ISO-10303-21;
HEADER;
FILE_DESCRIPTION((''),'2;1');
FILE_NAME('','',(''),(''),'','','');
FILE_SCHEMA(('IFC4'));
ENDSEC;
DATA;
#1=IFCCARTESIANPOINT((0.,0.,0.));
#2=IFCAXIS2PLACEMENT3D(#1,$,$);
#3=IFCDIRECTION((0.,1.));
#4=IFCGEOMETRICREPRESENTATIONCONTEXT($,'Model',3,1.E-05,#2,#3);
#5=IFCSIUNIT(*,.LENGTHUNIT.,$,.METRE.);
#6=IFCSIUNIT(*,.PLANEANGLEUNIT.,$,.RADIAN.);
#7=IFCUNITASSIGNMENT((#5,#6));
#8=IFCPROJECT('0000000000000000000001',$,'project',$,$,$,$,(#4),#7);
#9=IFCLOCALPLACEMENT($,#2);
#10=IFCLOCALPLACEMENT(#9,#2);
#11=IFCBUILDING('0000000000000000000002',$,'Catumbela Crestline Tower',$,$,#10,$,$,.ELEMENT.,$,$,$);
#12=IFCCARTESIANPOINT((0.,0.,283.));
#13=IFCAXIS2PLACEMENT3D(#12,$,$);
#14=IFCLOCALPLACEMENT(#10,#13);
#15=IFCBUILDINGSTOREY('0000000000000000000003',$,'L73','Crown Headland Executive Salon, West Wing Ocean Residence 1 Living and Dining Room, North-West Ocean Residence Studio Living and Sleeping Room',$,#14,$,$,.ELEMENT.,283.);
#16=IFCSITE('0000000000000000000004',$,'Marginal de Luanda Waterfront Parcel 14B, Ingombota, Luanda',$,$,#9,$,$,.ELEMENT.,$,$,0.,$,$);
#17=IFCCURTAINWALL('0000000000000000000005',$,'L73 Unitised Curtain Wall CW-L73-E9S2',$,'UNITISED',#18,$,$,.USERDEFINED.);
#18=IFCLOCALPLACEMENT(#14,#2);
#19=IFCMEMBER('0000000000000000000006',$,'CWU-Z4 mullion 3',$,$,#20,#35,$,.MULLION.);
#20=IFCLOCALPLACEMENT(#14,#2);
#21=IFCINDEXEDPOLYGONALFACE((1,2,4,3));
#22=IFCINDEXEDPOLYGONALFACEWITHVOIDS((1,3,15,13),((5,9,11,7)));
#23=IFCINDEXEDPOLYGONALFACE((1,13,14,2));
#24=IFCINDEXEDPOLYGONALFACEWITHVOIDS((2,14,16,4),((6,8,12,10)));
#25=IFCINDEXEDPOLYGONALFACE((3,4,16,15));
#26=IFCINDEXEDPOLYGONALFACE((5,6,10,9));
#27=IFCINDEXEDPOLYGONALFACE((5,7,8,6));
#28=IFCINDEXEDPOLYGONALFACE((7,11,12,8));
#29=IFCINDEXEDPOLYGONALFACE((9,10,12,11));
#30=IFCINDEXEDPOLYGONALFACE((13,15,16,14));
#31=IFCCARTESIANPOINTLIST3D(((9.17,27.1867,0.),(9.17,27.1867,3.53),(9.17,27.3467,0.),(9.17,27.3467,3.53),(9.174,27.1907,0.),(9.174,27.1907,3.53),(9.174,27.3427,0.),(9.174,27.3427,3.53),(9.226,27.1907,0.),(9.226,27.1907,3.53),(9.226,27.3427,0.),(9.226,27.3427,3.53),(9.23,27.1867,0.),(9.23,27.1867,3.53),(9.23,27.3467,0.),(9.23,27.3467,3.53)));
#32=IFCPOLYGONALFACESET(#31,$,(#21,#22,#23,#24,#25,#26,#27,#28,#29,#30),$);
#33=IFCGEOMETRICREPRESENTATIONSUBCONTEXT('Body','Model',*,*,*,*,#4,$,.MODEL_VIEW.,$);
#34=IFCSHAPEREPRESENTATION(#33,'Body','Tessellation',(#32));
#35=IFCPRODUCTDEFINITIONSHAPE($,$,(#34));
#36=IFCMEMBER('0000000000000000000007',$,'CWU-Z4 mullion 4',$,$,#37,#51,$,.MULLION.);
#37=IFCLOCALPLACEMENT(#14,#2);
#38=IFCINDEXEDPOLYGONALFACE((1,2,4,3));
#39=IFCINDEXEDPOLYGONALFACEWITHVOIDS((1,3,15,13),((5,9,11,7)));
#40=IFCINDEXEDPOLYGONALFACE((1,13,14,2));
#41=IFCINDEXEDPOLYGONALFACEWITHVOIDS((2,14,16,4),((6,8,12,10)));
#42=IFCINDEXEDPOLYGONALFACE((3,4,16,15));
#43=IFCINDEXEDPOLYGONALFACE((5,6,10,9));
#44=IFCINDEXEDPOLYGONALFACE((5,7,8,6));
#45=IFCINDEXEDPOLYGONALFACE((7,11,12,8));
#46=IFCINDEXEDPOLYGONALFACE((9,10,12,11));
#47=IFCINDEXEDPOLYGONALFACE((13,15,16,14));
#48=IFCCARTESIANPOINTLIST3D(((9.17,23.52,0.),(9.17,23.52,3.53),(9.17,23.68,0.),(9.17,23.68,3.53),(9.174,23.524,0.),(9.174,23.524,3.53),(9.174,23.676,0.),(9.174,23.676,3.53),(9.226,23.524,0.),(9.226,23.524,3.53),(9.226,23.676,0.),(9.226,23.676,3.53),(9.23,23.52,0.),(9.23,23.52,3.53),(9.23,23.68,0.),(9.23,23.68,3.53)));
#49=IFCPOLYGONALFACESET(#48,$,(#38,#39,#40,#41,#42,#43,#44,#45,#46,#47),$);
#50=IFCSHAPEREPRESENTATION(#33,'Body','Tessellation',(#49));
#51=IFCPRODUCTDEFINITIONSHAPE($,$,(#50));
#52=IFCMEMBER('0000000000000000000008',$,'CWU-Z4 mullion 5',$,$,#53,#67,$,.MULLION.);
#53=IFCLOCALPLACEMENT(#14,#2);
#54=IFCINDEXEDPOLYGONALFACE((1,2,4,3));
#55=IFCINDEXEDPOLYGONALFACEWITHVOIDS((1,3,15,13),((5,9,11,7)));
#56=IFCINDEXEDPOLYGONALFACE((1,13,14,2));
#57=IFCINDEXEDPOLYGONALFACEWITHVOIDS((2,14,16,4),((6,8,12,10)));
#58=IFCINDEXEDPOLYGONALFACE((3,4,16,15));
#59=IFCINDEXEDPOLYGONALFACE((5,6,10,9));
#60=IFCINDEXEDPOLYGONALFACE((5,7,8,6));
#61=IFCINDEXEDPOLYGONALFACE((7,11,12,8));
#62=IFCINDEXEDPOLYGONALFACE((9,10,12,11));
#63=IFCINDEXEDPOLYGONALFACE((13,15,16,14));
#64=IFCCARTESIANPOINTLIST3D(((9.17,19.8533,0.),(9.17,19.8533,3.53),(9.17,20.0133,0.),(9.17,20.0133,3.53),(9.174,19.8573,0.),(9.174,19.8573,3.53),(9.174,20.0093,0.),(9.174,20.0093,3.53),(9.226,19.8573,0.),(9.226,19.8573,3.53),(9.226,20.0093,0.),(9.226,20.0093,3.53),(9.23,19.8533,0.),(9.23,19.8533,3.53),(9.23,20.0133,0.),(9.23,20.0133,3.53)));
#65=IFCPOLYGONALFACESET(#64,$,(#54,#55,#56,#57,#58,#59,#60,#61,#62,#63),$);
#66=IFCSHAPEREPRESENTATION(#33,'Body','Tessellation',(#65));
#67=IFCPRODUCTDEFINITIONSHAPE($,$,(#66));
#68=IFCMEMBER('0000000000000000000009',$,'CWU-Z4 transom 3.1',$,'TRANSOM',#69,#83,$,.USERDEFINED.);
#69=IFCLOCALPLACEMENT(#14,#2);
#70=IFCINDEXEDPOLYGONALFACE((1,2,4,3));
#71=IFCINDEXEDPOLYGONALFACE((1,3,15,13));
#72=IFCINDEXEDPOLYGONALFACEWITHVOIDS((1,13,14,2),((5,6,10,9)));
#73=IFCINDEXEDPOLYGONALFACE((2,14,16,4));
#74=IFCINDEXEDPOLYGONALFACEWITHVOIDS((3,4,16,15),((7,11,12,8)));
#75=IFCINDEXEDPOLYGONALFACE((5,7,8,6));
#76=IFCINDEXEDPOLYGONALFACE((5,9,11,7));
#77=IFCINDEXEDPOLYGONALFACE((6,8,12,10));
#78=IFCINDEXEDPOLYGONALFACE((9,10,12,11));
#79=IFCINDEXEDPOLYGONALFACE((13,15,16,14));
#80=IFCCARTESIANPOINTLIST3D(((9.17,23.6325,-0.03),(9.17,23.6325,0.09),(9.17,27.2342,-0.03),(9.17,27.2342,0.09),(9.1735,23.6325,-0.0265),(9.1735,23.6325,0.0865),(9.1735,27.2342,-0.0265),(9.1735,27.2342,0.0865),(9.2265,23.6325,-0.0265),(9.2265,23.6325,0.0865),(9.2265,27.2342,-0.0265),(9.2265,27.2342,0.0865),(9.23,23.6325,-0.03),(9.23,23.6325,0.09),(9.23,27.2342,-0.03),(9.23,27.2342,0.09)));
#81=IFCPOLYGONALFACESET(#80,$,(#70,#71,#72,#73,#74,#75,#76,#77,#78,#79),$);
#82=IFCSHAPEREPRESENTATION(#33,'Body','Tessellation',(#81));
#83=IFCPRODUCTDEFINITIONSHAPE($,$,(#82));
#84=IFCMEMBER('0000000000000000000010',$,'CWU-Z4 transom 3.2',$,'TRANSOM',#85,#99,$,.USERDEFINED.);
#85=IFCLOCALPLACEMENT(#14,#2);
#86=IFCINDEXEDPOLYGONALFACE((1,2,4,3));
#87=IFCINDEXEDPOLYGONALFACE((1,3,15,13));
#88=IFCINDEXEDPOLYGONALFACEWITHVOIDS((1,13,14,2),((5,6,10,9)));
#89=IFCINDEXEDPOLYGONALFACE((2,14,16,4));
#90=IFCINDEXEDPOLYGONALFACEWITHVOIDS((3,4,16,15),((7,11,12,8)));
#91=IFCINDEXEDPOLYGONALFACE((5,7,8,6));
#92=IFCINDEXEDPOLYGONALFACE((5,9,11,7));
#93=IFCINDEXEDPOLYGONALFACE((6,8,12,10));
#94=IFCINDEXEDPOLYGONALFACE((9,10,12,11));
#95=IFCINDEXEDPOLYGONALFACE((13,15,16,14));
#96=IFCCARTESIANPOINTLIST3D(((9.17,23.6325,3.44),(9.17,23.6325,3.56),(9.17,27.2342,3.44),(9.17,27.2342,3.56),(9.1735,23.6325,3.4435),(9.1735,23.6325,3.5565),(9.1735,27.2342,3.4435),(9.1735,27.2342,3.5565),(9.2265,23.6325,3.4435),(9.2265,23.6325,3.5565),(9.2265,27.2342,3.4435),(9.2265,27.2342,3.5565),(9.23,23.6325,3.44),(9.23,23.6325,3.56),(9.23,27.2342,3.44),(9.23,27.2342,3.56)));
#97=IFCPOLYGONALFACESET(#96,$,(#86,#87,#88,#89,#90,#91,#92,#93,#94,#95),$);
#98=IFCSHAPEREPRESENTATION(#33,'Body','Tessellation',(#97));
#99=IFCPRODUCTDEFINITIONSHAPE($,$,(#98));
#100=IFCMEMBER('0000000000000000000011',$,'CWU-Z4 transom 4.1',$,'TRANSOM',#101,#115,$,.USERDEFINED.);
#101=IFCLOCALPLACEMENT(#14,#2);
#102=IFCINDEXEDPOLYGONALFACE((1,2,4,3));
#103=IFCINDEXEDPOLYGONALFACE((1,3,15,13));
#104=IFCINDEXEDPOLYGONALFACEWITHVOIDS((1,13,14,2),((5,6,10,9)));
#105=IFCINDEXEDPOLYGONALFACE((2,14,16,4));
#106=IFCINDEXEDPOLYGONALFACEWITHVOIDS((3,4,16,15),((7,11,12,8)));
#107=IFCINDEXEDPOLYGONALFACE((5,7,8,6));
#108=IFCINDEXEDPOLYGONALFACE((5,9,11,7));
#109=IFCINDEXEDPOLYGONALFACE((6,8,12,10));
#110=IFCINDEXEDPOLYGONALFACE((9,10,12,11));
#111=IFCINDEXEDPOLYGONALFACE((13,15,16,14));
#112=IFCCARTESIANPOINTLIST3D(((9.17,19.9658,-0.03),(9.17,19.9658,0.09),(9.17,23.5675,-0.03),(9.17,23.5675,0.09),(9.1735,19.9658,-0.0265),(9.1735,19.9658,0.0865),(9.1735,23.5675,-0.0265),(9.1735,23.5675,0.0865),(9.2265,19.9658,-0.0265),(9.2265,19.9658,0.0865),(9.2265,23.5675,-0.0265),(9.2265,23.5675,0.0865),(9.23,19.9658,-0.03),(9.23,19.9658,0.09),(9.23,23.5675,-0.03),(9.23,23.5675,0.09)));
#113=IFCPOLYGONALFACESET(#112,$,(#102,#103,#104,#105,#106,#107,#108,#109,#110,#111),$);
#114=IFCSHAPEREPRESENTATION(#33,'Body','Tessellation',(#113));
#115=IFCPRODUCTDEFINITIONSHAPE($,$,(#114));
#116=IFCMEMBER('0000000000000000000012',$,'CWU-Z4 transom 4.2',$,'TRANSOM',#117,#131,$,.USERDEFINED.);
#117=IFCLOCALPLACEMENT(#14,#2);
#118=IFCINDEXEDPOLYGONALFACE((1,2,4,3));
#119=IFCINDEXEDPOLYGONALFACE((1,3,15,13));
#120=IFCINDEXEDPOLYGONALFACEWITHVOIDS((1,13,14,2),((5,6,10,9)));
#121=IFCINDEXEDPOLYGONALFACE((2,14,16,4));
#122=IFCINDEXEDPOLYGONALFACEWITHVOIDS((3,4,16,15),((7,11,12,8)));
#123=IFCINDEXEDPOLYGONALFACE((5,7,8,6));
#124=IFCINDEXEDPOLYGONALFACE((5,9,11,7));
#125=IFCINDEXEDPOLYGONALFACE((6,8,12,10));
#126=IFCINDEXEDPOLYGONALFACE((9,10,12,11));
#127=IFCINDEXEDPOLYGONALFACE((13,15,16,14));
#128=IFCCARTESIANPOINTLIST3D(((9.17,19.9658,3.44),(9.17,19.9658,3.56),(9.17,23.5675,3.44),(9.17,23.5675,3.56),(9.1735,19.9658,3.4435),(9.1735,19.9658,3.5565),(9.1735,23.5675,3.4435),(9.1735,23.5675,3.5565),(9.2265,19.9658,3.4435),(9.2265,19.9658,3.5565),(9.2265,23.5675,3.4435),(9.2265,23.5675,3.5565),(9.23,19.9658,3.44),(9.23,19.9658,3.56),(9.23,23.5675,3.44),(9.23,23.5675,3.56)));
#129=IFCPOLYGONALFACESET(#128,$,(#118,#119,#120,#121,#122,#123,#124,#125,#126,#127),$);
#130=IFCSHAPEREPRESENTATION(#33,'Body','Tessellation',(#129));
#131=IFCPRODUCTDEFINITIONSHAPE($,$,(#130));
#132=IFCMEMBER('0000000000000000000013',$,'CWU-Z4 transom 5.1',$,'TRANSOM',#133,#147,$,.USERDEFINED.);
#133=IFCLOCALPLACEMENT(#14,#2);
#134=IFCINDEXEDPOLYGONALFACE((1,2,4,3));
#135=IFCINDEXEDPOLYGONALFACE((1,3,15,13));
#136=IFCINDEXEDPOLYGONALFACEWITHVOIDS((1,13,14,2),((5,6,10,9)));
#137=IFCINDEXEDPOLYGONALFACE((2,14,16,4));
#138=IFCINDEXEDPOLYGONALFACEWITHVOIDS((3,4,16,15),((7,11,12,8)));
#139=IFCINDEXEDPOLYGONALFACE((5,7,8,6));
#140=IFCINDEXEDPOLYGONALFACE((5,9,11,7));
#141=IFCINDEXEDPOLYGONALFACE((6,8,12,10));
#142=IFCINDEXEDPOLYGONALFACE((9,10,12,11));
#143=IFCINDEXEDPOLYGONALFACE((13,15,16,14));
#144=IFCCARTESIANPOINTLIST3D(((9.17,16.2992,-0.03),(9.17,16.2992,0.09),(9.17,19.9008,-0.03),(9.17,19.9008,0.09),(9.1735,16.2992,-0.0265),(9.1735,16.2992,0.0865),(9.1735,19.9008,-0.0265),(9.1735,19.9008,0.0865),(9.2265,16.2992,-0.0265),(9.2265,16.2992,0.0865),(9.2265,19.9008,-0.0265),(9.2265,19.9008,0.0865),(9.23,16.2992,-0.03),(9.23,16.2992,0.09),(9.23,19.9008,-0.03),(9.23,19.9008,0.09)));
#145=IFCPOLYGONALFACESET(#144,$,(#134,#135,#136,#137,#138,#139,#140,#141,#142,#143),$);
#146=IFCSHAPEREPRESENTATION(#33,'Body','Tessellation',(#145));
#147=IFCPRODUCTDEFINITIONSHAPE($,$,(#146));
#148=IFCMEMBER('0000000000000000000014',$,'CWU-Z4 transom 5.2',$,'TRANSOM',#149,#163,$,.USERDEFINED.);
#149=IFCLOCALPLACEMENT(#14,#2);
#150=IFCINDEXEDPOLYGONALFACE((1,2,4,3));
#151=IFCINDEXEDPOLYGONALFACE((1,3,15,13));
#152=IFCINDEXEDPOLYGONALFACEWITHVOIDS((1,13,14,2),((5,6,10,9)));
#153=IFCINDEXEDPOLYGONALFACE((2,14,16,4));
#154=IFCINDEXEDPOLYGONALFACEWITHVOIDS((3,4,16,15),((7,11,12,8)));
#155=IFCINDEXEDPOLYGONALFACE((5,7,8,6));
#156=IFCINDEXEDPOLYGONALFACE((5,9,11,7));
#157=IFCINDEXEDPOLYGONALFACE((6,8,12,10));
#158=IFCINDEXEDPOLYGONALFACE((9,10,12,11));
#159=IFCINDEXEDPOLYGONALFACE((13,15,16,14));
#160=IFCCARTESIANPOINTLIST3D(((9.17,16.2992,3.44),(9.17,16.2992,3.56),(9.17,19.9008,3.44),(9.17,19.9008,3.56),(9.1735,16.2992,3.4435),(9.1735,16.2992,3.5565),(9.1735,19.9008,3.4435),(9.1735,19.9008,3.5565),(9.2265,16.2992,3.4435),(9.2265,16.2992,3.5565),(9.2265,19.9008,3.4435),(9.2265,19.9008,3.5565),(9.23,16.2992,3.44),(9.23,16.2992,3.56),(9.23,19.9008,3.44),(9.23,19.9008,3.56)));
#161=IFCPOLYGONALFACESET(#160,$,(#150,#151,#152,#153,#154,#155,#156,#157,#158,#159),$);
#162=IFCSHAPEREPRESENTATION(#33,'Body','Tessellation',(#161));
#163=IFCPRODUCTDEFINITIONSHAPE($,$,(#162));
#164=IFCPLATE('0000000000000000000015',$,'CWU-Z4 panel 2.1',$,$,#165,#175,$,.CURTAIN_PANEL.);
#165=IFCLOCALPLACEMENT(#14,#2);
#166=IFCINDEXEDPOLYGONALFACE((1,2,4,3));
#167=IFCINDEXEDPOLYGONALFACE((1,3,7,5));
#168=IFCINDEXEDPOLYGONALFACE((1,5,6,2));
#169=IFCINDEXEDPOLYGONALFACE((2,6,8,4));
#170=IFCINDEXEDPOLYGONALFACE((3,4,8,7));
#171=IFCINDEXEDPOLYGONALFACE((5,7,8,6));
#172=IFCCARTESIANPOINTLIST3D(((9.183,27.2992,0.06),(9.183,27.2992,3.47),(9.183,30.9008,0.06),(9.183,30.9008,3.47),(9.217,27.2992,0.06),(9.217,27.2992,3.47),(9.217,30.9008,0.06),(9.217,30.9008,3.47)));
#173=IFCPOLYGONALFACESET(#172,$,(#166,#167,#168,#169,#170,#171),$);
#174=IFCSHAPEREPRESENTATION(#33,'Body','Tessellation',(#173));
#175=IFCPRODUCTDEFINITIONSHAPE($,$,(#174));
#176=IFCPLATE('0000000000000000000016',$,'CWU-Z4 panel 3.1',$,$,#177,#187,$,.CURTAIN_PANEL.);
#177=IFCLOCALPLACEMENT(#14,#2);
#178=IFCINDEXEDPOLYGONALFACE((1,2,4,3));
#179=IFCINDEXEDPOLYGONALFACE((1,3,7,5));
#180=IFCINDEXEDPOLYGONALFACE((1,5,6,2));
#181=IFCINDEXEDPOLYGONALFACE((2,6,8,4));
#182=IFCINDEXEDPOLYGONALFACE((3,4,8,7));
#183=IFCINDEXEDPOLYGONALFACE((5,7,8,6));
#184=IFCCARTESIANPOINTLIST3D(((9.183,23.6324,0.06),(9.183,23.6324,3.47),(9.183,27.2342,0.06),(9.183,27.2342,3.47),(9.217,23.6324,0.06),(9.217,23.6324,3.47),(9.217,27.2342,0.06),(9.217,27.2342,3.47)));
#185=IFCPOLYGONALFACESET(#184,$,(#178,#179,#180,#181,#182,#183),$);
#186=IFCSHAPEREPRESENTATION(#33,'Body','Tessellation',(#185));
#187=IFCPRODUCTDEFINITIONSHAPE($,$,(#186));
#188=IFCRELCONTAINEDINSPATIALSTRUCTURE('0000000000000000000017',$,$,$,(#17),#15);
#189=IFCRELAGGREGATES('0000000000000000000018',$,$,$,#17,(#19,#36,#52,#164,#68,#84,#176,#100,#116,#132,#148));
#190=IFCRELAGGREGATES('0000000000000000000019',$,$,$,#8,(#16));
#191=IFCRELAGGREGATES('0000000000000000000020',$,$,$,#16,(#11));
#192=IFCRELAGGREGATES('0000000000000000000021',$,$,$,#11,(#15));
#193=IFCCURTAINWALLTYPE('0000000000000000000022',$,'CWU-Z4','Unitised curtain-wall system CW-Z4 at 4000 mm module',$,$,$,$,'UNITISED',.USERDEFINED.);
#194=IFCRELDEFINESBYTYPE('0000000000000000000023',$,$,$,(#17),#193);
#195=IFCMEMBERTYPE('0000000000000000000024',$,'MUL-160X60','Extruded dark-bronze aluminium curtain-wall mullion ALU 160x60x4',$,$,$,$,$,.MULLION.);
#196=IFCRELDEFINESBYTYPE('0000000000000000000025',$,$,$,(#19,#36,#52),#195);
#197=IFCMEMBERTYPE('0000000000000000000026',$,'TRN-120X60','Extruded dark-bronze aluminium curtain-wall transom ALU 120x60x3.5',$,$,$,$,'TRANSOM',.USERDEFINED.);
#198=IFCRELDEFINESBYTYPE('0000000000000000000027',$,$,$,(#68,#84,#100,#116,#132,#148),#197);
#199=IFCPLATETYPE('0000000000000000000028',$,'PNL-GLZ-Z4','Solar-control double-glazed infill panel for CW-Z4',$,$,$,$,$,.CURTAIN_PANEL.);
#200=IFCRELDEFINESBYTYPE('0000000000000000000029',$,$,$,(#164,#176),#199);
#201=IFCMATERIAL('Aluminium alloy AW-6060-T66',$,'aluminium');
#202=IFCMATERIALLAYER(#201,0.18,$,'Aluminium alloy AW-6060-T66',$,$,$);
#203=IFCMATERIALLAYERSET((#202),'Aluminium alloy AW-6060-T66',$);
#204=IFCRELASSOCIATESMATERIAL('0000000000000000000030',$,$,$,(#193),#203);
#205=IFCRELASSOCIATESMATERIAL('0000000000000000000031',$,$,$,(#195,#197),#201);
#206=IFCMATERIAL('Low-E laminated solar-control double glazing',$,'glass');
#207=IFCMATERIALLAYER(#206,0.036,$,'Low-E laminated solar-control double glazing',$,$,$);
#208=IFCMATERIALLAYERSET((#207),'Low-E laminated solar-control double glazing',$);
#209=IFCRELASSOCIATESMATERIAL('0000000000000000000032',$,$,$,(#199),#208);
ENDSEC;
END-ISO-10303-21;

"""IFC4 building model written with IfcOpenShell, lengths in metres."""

from ifc_helpers import new_model, si_unit, direction, frame, origin, origin_2d, place, context, subcontext, project, spatial, rectangle, hollow_rectangle, extrude, material, layer, layer_set, material_profile, profile_set, type_object, element, aggregate, save


model = new_model("IFC4")

# Units and contexts
model_context = context("Model", 3, precision=1e-05, world=origin(), true_north=direction((0.0, 1.0)))
body_context = subcontext(model_context, "Body", "Model", "MODEL_VIEW")
ifc_project = project(units=[si_unit("LENGTHUNIT", "METRE"), si_unit("PLANEANGLEUNIT", "RADIAN")], contexts=[model_context])

# Site, building, storey
site_placement = place(None, origin())
site = spatial("IfcSite", under=ifc_project, at=site_placement, Name="Marginal de Luanda Waterfront Parcel 14B, Ingombota, Luanda", CompositionType="ELEMENT", RefElevation=0.0)
building_placement = place(site_placement, origin())
building = spatial("IfcBuilding", under=site, at=building_placement, Name="Catumbela Crestline Tower", CompositionType="ELEMENT")
storey_placement = place(building_placement, frame((0.0, 0.0, 283.0)))
storey = spatial("IfcBuildingStorey", under=building, at=storey_placement, Name="L73", Description="Crown Headland Executive Salon, West Wing Ocean Residence 1 Living and Dining Room, North-West Ocean Residence Studio Living and Sleeping Room", CompositionType="ELEMENT", Elevation=283.0)

# Curtain wall, members, plates
ifc_material_1 = material(Name="Aluminium alloy AW-6060-T66", Category="aluminium")
ifc_layer_1 = layer(ifc_material_1, 0.18, Name="Aluminium alloy AW-6060-T66")
ifc_layer_set_1 = layer_set([ifc_layer_1], Name="Aluminium alloy AW-6060-T66")
curtain_wall_type = type_object("IfcCurtainWallType", Name="CWU-Z4", Description="Unitised curtain-wall system CW-Z4 at 4000 mm module", ElementType="UNITISED", PredefinedType="USERDEFINED", material=ifc_layer_set_1)
curtain_wall_placement = place(storey_placement, origin())
curtain_wall = element("IfcCurtainWall", 1, at=curtain_wall_placement, inside=storey, type_object=curtain_wall_type, Name="L73 Unitised Curtain Wall CW-L73-E9S2", ObjectType="UNITISED", PredefinedType="USERDEFINED")
ifc_material_profile_1 = material_profile(ifc_material_1, hollow_rectangle(XDim=0.06, YDim=0.16, WallThickness=0.004, at=origin_2d()), Name="ALU 160x60x4")
ifc_profile_set_1 = profile_set([ifc_material_profile_1], Name="Aluminium alloy AW-6060-T66")
member_type_1 = type_object("IfcMemberType", Name="MUL-160X60", Description="Extruded dark-bronze aluminium curtain-wall mullion ALU 160x60x4", PredefinedType="MULLION", material=ifc_profile_set_1)
member_1_placement = place(storey_placement, frame((9.2, 27.2667, 0.0), z_axis=(0.0, 0.0, 1.0), x_axis=(1.0, 0.0, 0.0)))
member_1 = element("IfcMember", 2, at=member_1_placement, type_object=member_type_1, Name="CWU-Z4 mullion 3", PredefinedType="MULLION", context=body_context, shape_type="SweptSolid", body=[
    extrude(hollow_rectangle(XDim=0.06, YDim=0.16, WallThickness=0.004, at=origin_2d()), origin(), (0.0, 0.0, 1.0), 3.53),
])
member_2_placement = place(storey_placement, frame((9.2, 23.6, 0.0), z_axis=(0.0, 0.0, 1.0), x_axis=(1.0, 0.0, 0.0)))
member_2 = element("IfcMember", 3, at=member_2_placement, type_object=member_type_1, Name="CWU-Z4 mullion 4", PredefinedType="MULLION", context=body_context, shape_type="SweptSolid", body=[
    extrude(hollow_rectangle(XDim=0.06, YDim=0.16, WallThickness=0.004, at=origin_2d()), origin(), (0.0, 0.0, 1.0), 3.53),
])
member_3_placement = place(storey_placement, frame((9.2, 19.9333, 0.0), z_axis=(0.0, 0.0, 1.0), x_axis=(1.0, 0.0, 0.0)))
member_3 = element("IfcMember", 4, at=member_3_placement, type_object=member_type_1, Name="CWU-Z4 mullion 5", PredefinedType="MULLION", context=body_context, shape_type="SweptSolid", body=[
    extrude(hollow_rectangle(XDim=0.06, YDim=0.16, WallThickness=0.004, at=origin_2d()), origin(), (0.0, 0.0, 1.0), 3.53),
])
ifc_material_profile_2 = material_profile(ifc_material_1, hollow_rectangle(XDim=0.06, YDim=0.12, WallThickness=0.0035, at=origin_2d()), Name="ALU 120x60x3.5")
ifc_profile_set_2 = profile_set([ifc_material_profile_2], Name="Aluminium alloy AW-6060-T66")
member_type_2 = type_object("IfcMemberType", Name="TRN-120X60", Description="Extruded dark-bronze aluminium curtain-wall transom ALU 120x60x3.5", ElementType="TRANSOM", PredefinedType="USERDEFINED", material=ifc_profile_set_2)
member_4_placement = place(storey_placement, frame((9.2, 27.2342, 0.03), z_axis=(0.0, -1.0, 0.0), x_axis=(1.0, 0.0, 0.0)))
member_4 = element("IfcMember", 5, at=member_4_placement, type_object=member_type_2, Name="CWU-Z4 transom 3.1", ObjectType="TRANSOM", PredefinedType="USERDEFINED", context=body_context, shape_type="SweptSolid", body=[
    extrude(hollow_rectangle(XDim=0.06, YDim=0.12, WallThickness=0.0035, at=origin_2d()), origin(), (0.0, 0.0, 1.0), 3.6017),
])
member_5_placement = place(storey_placement, frame((9.2, 27.2342, 3.5), z_axis=(0.0, -1.0, 0.0), x_axis=(1.0, 0.0, 0.0)))
member_5 = element("IfcMember", 6, at=member_5_placement, type_object=member_type_2, Name="CWU-Z4 transom 3.2", ObjectType="TRANSOM", PredefinedType="USERDEFINED", context=body_context, shape_type="SweptSolid", body=[
    extrude(hollow_rectangle(XDim=0.06, YDim=0.12, WallThickness=0.0035, at=origin_2d()), origin(), (0.0, 0.0, 1.0), 3.6017),
])
member_6_placement = place(storey_placement, frame((9.2, 23.5675, 0.03), z_axis=(0.0, -1.0, 0.0), x_axis=(1.0, 0.0, 0.0)))
member_6 = element("IfcMember", 7, at=member_6_placement, type_object=member_type_2, Name="CWU-Z4 transom 4.1", ObjectType="TRANSOM", PredefinedType="USERDEFINED", context=body_context, shape_type="SweptSolid", body=[
    extrude(hollow_rectangle(XDim=0.06, YDim=0.12, WallThickness=0.0035, at=origin_2d()), origin(), (0.0, 0.0, 1.0), 3.6017),
])
member_7_placement = place(storey_placement, frame((9.2, 23.5675, 3.5), z_axis=(0.0, -1.0, 0.0), x_axis=(1.0, 0.0, 0.0)))
member_7 = element("IfcMember", 8, at=member_7_placement, type_object=member_type_2, Name="CWU-Z4 transom 4.2", ObjectType="TRANSOM", PredefinedType="USERDEFINED", context=body_context, shape_type="SweptSolid", body=[
    extrude(hollow_rectangle(XDim=0.06, YDim=0.12, WallThickness=0.0035, at=origin_2d()), origin(), (0.0, 0.0, 1.0), 3.6017),
])
member_8_placement = place(storey_placement, frame((9.2, 19.9008, 0.03), z_axis=(0.0, -1.0, 0.0), x_axis=(1.0, 0.0, 0.0)))
member_8 = element("IfcMember", 9, at=member_8_placement, type_object=member_type_2, Name="CWU-Z4 transom 5.1", ObjectType="TRANSOM", PredefinedType="USERDEFINED", context=body_context, shape_type="SweptSolid", body=[
    extrude(hollow_rectangle(XDim=0.06, YDim=0.12, WallThickness=0.0035, at=origin_2d()), origin(), (0.0, 0.0, 1.0), 3.6016),
])
member_9_placement = place(storey_placement, frame((9.2, 19.9008, 3.5), z_axis=(0.0, -1.0, 0.0), x_axis=(1.0, 0.0, 0.0)))
member_9 = element("IfcMember", 10, at=member_9_placement, type_object=member_type_2, Name="CWU-Z4 transom 5.2", ObjectType="TRANSOM", PredefinedType="USERDEFINED", context=body_context, shape_type="SweptSolid", body=[
    extrude(hollow_rectangle(XDim=0.06, YDim=0.12, WallThickness=0.0035, at=origin_2d()), origin(), (0.0, 0.0, 1.0), 3.6016),
])
ifc_material_2 = material(Name="Low-E laminated solar-control double glazing", Category="glass")
ifc_layer_2 = layer(ifc_material_2, 0.036, Name="Low-E laminated solar-control double glazing")
ifc_layer_set_2 = layer_set([ifc_layer_2], Name="Low-E laminated solar-control double glazing")
plate_type = type_object("IfcPlateType", Name="PNL-GLZ-Z4", Description="Solar-control double-glazed infill panel for CW-Z4", PredefinedType="CURTAIN_PANEL", material=ifc_layer_set_2)
plate_1_placement = place(storey_placement, frame((9.2, 29.1, 0.06), z_axis=(0.0, 0.0, 1.0), x_axis=(0.0, -1.0, 0.0)))
plate_1 = element("IfcPlate", 11, at=plate_1_placement, type_object=plate_type, Name="CWU-Z4 panel 2.1", PredefinedType="CURTAIN_PANEL", context=body_context, shape_type="SweptSolid", body=[
    extrude(rectangle(XDim=3.6017, YDim=0.034, at=origin_2d()), origin(), (0.0, 0.0, 1.0), 3.41),
])
plate_2_placement = place(storey_placement, frame((9.2, 25.4333, 0.06), z_axis=(0.0, 0.0, 1.0), x_axis=(0.0, -1.0, 0.0)))
plate_2 = element("IfcPlate", 12, at=plate_2_placement, type_object=plate_type, Name="CWU-Z4 panel 3.1", PredefinedType="CURTAIN_PANEL", context=body_context, shape_type="SweptSolid", body=[
    extrude(rectangle(XDim=3.6017, YDim=0.034, at=origin_2d()), origin(), (0.0, 0.0, 1.0), 3.41),
])
aggregate(curtain_wall, [member_1, member_2, member_3, plate_1, member_4, member_5, plate_2, member_6, member_7, member_8, member_9])

save(model, "model.ifc")
